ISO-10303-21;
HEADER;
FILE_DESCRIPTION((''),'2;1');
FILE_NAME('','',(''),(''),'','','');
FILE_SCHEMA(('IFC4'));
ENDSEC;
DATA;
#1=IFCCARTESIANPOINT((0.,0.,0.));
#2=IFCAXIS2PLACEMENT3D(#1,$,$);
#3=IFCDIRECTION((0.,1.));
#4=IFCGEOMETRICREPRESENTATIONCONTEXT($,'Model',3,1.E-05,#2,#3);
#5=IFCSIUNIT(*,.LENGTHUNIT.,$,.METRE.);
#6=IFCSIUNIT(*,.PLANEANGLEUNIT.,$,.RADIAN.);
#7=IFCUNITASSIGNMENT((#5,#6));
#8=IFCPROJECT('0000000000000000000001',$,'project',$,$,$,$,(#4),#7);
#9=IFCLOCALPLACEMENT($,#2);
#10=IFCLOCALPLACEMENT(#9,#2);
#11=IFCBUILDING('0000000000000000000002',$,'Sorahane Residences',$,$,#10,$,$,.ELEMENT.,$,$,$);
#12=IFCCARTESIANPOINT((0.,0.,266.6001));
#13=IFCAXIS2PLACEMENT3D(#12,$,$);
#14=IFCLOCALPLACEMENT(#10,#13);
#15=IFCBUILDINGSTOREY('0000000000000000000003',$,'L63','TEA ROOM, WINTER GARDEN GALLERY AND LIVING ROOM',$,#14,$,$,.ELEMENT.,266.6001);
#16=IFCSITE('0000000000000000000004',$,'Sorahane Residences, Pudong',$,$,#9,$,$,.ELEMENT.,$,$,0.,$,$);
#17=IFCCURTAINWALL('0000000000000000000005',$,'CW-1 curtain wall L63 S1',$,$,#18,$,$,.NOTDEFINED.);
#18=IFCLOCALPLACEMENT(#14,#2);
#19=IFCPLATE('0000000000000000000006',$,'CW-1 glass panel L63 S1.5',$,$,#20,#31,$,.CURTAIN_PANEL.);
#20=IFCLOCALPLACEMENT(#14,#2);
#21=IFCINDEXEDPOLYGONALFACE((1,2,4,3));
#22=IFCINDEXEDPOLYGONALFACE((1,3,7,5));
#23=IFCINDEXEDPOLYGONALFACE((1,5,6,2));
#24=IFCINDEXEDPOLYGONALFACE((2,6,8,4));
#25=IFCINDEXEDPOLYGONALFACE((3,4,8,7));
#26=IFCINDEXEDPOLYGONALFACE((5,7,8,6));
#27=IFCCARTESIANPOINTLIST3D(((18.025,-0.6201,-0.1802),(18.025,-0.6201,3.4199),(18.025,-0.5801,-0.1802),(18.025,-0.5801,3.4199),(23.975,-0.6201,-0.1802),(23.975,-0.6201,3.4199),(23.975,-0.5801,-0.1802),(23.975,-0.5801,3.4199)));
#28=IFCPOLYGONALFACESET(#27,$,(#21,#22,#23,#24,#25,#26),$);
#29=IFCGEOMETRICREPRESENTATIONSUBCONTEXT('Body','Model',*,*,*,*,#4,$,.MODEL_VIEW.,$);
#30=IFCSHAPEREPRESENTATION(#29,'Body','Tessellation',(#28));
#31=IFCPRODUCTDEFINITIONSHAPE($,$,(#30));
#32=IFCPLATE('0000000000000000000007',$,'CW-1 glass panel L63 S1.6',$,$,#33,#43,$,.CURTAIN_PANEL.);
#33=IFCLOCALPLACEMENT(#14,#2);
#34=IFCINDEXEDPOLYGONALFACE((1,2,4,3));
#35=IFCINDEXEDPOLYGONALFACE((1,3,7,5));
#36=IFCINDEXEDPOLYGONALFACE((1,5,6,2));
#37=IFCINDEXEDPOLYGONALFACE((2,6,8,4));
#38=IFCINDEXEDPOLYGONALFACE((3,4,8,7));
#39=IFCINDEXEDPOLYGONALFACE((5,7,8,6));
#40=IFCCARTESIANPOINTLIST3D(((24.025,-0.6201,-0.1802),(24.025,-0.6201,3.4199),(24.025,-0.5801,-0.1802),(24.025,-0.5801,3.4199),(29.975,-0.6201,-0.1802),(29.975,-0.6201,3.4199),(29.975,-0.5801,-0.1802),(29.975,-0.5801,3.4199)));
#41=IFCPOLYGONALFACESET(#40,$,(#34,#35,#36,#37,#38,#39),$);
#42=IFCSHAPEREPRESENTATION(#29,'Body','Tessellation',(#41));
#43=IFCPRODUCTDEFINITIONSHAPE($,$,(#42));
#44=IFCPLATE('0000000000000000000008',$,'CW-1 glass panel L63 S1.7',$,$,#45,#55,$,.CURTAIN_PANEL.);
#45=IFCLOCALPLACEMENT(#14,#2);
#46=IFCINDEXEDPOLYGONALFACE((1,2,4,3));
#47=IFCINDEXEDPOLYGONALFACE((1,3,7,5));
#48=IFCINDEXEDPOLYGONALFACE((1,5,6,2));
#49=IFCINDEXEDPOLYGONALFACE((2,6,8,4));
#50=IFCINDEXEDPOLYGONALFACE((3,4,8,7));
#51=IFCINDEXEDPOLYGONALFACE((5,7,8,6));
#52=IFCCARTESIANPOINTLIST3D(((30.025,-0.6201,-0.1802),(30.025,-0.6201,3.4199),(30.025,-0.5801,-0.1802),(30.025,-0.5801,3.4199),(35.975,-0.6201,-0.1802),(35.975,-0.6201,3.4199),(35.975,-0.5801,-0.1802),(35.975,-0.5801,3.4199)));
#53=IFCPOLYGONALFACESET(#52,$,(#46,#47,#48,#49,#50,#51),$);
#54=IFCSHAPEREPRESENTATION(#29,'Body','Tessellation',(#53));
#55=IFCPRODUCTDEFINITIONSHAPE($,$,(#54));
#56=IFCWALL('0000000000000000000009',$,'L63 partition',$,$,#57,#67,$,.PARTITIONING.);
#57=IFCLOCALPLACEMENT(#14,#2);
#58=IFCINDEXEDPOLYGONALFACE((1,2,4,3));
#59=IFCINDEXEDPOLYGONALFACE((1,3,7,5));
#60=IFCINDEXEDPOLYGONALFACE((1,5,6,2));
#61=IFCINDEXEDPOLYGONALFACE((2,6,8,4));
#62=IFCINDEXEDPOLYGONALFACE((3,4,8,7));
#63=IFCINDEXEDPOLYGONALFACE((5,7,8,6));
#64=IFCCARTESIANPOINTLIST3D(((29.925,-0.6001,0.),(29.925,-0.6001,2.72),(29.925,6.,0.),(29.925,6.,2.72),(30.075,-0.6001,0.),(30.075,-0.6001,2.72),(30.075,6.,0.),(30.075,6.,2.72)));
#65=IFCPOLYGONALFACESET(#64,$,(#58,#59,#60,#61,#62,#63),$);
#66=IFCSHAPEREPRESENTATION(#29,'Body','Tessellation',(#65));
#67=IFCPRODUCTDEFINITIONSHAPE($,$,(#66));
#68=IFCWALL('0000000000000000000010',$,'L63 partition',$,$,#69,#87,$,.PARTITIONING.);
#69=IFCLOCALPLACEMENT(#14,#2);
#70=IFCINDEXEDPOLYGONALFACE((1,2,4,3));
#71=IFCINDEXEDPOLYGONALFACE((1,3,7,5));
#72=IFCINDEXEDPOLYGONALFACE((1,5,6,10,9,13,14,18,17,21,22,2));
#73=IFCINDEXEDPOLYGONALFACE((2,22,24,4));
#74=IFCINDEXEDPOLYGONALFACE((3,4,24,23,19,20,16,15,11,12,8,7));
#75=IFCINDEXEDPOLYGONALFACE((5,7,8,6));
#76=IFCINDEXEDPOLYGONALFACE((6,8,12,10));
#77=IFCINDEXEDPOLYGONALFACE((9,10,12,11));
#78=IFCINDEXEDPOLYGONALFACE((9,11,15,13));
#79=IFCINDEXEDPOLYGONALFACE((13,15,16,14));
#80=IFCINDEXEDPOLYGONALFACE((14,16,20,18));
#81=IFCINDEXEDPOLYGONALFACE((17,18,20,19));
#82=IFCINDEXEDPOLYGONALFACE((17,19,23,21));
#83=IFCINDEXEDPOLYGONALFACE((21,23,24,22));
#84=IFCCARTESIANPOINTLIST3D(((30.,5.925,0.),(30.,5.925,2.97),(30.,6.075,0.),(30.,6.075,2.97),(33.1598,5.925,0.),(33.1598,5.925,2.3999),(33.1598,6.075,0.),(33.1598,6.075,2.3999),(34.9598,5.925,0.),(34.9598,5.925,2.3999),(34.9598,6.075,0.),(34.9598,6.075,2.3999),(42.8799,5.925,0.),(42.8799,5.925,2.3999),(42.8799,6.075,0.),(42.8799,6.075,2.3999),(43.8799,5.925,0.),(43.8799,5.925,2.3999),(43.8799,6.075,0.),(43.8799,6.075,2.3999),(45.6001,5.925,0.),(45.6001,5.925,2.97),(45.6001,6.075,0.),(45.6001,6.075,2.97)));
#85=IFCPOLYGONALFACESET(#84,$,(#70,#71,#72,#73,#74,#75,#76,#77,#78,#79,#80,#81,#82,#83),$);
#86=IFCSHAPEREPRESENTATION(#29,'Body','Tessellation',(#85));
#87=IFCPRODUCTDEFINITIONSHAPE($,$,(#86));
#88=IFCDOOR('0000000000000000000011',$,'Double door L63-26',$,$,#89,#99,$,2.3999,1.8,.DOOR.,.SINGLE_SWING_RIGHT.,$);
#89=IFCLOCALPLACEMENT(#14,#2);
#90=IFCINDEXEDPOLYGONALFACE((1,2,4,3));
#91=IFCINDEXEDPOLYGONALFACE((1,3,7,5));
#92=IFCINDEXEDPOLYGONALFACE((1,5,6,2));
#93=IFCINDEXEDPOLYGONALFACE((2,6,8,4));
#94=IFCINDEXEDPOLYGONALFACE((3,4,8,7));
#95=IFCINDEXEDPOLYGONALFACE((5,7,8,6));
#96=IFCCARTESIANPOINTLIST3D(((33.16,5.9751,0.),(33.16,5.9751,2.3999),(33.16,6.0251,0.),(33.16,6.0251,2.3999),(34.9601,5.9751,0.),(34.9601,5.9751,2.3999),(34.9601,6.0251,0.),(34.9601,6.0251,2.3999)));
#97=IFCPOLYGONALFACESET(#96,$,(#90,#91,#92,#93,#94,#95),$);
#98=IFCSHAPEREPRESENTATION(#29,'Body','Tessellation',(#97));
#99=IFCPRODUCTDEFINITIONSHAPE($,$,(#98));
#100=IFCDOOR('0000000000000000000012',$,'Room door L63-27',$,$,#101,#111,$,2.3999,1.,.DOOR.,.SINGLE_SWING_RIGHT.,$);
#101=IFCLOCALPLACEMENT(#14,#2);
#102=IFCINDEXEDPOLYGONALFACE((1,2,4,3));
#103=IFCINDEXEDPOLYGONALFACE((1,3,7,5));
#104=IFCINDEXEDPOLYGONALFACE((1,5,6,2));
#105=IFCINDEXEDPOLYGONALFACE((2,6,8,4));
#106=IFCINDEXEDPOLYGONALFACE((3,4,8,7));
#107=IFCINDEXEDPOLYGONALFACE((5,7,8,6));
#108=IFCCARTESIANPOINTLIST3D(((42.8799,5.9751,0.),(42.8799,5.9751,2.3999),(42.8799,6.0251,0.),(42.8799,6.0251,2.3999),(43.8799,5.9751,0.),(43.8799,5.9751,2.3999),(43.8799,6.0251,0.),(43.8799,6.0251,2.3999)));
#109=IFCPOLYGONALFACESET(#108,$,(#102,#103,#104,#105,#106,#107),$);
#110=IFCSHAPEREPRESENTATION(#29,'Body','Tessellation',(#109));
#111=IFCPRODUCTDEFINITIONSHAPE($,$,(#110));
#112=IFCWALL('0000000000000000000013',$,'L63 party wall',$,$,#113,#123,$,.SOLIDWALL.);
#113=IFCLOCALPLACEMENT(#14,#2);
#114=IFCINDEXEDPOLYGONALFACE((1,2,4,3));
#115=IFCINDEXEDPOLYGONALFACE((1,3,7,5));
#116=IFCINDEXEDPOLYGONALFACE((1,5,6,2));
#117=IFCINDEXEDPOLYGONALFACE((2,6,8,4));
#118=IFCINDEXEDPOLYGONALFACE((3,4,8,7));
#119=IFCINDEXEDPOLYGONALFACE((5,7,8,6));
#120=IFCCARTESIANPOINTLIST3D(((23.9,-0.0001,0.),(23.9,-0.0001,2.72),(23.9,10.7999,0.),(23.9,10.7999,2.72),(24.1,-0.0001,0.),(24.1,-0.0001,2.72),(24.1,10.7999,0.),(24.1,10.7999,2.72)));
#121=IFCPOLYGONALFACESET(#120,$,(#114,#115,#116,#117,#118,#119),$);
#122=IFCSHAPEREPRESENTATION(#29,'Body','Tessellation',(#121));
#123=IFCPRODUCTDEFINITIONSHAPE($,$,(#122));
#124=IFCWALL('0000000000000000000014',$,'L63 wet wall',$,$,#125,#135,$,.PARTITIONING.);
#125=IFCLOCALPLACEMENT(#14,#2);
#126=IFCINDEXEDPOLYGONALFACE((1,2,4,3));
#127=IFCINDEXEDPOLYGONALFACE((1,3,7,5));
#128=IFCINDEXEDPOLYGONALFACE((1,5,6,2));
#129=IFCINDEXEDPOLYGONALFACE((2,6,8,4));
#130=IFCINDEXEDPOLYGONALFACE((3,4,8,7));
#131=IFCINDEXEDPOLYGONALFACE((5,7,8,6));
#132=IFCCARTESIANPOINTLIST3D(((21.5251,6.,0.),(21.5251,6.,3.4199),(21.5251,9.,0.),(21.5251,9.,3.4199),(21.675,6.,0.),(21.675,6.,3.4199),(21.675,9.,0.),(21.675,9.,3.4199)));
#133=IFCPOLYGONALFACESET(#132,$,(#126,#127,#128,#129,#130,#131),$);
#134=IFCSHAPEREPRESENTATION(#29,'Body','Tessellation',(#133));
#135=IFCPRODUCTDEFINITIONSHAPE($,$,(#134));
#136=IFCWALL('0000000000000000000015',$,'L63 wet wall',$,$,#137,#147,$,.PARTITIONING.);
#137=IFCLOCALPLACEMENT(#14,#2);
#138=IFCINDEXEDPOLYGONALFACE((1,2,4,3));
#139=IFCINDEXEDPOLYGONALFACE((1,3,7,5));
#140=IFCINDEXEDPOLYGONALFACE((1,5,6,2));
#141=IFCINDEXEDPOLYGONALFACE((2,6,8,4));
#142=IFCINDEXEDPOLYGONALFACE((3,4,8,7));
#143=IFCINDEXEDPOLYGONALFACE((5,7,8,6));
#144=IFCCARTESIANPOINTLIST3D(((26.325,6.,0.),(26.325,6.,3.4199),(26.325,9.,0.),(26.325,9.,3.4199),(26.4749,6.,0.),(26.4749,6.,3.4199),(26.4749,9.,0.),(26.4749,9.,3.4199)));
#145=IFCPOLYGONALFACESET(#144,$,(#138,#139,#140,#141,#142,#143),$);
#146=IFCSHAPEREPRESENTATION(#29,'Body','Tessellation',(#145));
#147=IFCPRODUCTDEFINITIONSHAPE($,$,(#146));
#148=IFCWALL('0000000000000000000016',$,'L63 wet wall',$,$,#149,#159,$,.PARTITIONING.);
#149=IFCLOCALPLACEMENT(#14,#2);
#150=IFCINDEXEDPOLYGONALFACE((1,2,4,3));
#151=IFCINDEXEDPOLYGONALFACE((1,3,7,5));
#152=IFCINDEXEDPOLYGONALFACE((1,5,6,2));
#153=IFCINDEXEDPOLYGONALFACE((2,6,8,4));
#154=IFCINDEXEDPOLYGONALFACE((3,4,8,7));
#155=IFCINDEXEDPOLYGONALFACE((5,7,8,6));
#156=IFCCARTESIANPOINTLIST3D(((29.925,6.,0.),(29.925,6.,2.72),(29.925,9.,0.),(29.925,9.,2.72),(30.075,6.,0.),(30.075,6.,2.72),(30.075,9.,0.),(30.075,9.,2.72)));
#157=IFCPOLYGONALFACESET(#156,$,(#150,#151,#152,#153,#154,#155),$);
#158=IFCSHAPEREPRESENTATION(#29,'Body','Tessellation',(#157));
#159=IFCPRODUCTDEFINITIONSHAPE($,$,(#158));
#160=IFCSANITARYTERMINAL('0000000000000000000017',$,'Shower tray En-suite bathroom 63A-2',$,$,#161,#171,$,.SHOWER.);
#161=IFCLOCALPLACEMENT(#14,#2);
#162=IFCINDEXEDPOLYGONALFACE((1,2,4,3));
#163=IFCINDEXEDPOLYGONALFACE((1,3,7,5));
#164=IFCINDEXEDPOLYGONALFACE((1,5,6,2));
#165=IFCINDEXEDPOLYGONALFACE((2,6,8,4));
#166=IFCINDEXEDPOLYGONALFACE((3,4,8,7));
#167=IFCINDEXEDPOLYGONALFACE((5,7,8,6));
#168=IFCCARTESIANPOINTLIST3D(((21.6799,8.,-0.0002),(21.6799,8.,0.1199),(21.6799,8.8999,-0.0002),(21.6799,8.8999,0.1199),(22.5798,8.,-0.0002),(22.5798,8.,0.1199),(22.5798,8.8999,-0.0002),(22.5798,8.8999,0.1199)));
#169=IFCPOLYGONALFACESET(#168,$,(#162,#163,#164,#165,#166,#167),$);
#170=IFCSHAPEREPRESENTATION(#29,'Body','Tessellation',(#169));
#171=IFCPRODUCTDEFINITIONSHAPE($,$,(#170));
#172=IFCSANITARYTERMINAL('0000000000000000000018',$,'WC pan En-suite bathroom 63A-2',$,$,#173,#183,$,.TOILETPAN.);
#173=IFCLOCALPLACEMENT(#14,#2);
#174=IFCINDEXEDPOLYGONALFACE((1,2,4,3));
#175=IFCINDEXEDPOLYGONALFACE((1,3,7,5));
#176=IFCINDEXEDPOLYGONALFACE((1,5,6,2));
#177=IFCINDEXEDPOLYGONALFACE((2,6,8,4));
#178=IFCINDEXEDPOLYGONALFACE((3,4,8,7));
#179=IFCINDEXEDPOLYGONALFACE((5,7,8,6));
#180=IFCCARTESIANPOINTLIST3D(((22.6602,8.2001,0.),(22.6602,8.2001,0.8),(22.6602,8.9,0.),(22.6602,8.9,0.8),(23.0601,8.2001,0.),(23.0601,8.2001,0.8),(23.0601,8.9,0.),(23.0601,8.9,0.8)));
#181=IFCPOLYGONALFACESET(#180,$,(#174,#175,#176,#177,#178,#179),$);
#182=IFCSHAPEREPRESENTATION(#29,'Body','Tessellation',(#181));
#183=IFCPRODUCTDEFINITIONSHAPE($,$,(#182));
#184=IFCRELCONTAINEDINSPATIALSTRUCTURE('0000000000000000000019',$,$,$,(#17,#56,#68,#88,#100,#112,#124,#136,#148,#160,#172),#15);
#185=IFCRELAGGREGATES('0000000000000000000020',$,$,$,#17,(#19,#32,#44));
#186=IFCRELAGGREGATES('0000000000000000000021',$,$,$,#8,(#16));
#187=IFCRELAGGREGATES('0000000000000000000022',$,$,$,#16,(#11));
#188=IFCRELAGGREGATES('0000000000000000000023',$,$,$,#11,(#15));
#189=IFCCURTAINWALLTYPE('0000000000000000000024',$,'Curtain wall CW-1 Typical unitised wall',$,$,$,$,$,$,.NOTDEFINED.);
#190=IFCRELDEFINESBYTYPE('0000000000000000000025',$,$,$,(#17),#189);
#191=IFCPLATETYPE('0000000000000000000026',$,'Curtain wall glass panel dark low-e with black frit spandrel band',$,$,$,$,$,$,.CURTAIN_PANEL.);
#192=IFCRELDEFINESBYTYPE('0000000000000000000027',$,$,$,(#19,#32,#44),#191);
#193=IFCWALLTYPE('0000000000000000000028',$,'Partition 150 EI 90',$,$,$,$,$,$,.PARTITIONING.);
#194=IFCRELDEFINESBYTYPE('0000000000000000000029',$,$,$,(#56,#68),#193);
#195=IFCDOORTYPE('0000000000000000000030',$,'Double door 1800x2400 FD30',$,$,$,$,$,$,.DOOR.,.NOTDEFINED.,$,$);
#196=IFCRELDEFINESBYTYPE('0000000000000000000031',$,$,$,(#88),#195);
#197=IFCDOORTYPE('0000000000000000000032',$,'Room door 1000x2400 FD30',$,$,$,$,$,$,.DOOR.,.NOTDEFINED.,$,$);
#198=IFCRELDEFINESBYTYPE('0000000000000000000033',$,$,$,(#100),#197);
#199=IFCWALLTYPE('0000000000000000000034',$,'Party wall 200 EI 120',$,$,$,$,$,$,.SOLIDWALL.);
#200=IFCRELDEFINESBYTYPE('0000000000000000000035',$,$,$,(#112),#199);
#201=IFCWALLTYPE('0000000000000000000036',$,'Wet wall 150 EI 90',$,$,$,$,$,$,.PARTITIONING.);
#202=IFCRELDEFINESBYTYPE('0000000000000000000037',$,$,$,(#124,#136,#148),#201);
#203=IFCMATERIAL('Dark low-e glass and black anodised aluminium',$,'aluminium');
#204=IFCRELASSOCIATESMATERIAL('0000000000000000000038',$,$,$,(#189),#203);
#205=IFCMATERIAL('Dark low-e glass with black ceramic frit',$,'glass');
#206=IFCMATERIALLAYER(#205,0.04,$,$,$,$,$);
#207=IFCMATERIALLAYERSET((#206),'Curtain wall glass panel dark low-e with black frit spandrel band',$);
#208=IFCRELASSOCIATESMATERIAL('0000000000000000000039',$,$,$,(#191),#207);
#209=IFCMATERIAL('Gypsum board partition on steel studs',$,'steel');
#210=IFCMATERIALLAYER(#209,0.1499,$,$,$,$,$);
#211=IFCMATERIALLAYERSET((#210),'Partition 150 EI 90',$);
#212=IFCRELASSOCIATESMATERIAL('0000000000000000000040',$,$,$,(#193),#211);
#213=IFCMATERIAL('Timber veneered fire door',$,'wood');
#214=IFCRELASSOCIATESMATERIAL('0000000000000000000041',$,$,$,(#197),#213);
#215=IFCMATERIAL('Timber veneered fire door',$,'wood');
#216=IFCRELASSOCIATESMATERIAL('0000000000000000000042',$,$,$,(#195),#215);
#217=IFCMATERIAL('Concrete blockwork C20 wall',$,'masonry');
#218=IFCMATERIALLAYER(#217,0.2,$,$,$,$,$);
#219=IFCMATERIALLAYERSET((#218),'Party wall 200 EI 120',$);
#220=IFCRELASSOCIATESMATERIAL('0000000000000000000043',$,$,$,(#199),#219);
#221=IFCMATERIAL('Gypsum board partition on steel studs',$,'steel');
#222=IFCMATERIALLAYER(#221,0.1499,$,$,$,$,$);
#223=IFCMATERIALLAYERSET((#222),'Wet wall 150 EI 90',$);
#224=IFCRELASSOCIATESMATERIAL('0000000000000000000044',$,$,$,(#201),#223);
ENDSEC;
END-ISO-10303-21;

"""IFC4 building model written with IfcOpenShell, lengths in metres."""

from ifc_helpers import new_model, si_unit, direction, frame, frame_2d, origin, origin_2d, place, context, subcontext, project, spatial, rectangle, extrude, material, layer, layer_set, type_object, element, fill, aggregate, save


model = new_model("IFC4")

# Units and contexts
model_context = context("Model", 3, precision=1e-05, world=origin(), true_north=direction((0.0, 1.0)))
body_context = subcontext(model_context, "Body", "Model", "MODEL_VIEW")
ifc_project = project(units=[si_unit("LENGTHUNIT", "METRE"), si_unit("PLANEANGLEUNIT", "RADIAN")], contexts=[model_context])

# Site, building, storey
site_placement = place(None, origin())
site = spatial("IfcSite", under=ifc_project, at=site_placement, Name="Sorahane Residences, Pudong", CompositionType="ELEMENT", RefElevation=0.0)
building_placement = place(site_placement, origin())
building = spatial("IfcBuilding", under=site, at=building_placement, Name="Sorahane Residences", CompositionType="ELEMENT")
storey_placement = place(building_placement, frame((0.0, 0.0, 266.6001)))
storey = spatial("IfcBuildingStorey", under=building, at=storey_placement, Name="L63", Description="TEA ROOM, WINTER GARDEN GALLERY AND LIVING ROOM", CompositionType="ELEMENT", Elevation=266.6001)

# Curtain wall
ifc_material_1 = material(Name="Dark low-e glass and black anodised aluminium", Category="aluminium")
curtain_wall_type = type_object("IfcCurtainWallType", Name="Curtain wall CW-1 Typical unitised wall", PredefinedType="NOTDEFINED", material=ifc_material_1)
curtain_wall_placement = place(storey_placement, origin())
curtain_wall = element("IfcCurtainWall", 1, at=curtain_wall_placement, inside=storey, type_object=curtain_wall_type, Name="CW-1 curtain wall L63 S1", PredefinedType="NOTDEFINED")

# Plates
ifc_material_2 = material(Name="Dark low-e glass with black ceramic frit", Category="glass")
ifc_layer_1 = layer(ifc_material_2, 0.04)
ifc_layer_set_1 = layer_set([ifc_layer_1], Name="Curtain wall glass panel dark low-e with black frit spandrel band")
plate_type = type_object("IfcPlateType", Name="Curtain wall glass panel dark low-e with black frit spandrel band", PredefinedType="CURTAIN_PANEL", material=ifc_layer_set_1)
plate_1_placement = place(storey_placement, frame((21.0, -0.6001, -0.1802), z_axis=(0.0, 0.0, 1.0), x_axis=(1.0, 0.0, 0.0)))
plate_1 = element("IfcPlate", 2, at=plate_1_placement, type_object=plate_type, Name="CW-1 glass panel L63 S1.5", PredefinedType="CURTAIN_PANEL", context=body_context, shape_type="SweptSolid", body=[
    extrude(rectangle(XDim=5.95, YDim=0.04, at=origin_2d()), origin(), (0.0, 0.0, 1.0), 3.6001),
])
plate_2_placement = place(storey_placement, frame((27.0, -0.6001, -0.1802), z_axis=(0.0, 0.0, 1.0), x_axis=(1.0, 0.0, 0.0)))
plate_2 = element("IfcPlate", 3, at=plate_2_placement, type_object=plate_type, Name="CW-1 glass panel L63 S1.6", PredefinedType="CURTAIN_PANEL", context=body_context, shape_type="SweptSolid", body=[
    extrude(rectangle(XDim=5.95, YDim=0.04, at=origin_2d()), origin(), (0.0, 0.0, 1.0), 3.6001),
])
plate_3_placement = place(storey_placement, frame((33.0, -0.6001, -0.1802), z_axis=(0.0, 0.0, 1.0), x_axis=(1.0, 0.0, 0.0)))
plate_3 = element("IfcPlate", 4, at=plate_3_placement, type_object=plate_type, Name="CW-1 glass panel L63 S1.7", PredefinedType="CURTAIN_PANEL", context=body_context, shape_type="SweptSolid", body=[
    extrude(rectangle(XDim=5.95, YDim=0.04, at=origin_2d()), origin(), (0.0, 0.0, 1.0), 3.6001),
])
aggregate(curtain_wall, [plate_1, plate_2, plate_3])

# Wall
ifc_material_3 = material(Name="Gypsum board partition on steel studs", Category="steel")
ifc_layer_2 = layer(ifc_material_3, 0.1499)
ifc_layer_set_2 = layer_set([ifc_layer_2], Name="Partition 150 EI 90")
wall_type_1 = type_object("IfcWallType", Name="Partition 150 EI 90", PredefinedType="PARTITIONING", material=ifc_layer_set_2)
wall_1_placement = place(storey_placement, frame((30.0, -0.6001, 0.0), z_axis=(0.0, 0.0, 1.0), x_axis=(0.0, 1.0, 0.0)))
element("IfcWall", 5, at=wall_1_placement, inside=storey, type_object=wall_type_1, Name="L63 partition", PredefinedType="PARTITIONING", context=body_context, shape_type="SweptSolid", body=[
    extrude(rectangle(XDim=6.6001, YDim=0.1499, at=frame_2d((3.3, 0.0))), origin(), (0.0, 0.0, 1.0), 2.72),
])

# Shared definitions
ifc_material_4 = material(Name="Timber veneered fire door", Category="wood")
door_type_1 = type_object("IfcDoorType", Name="Room door 1000x2400 FD30", OperationType="NOTDEFINED", PredefinedType="DOOR", material=ifc_material_4)

# Wall, openings, doors
wall_2_placement = place(storey_placement, frame((30.0, 6.0, 0.0), z_axis=(0.0, 0.0, 1.0), x_axis=(1.0, 0.0, 0.0)))
wall_2 = element("IfcWall", 6, at=wall_2_placement, inside=storey, type_object=wall_type_1, Name="L63 partition", PredefinedType="PARTITIONING", context=body_context, shape_type="SweptSolid", body=[
    extrude(rectangle(XDim=15.6001, YDim=0.1499, at=frame_2d((7.8, 0.0))), origin(), (0.0, 0.0, 1.0), 2.97),
])
opening_1_placement = place(wall_2_placement, frame((3.1599, 0.0, 0.0)))
opening_1 = element("IfcOpeningElement", 7, at=opening_1_placement, cuts=wall_2, PredefinedType="OPENING", context=body_context, shape_type="SweptSolid", body=[
    extrude(rectangle(XDim=1.8, YDim=2.3999, at=frame_2d((0.8999, 1.2))), frame((0.0, 0.085, 0.0), z_axis=(0.0, -1.0, 0.0), x_axis=(1.0, 0.0, 0.0)), (0.0, 0.0, 1.0), 0.1699),
])
opening_2_placement = place(wall_2_placement, frame((12.8799, 0.0, 0.0)))
opening_2 = element("IfcOpeningElement", 8, at=opening_2_placement, cuts=wall_2, PredefinedType="OPENING", context=body_context, shape_type="SweptSolid", body=[
    extrude(rectangle(XDim=1.0, YDim=2.3999, at=frame_2d((0.5, 1.2))), frame((0.0, 0.085, 0.0), z_axis=(0.0, -1.0, 0.0), x_axis=(1.0, 0.0, 0.0)), (0.0, 0.0, 1.0), 0.1699),
])
ifc_material_5 = material(Name="Timber veneered fire door", Category="wood")
door_type_2 = type_object("IfcDoorType", Name="Double door 1800x2400 FD30", OperationType="NOTDEFINED", PredefinedType="DOOR", material=ifc_material_5)
door_1_placement = place(opening_1_placement, frame((1.8, 0.0, 0.0), z_axis=(0.0, 0.0, 1.0), x_axis=(-1.0, 0.0, 0.0)))
door_1 = element("IfcDoor", 9, at=door_1_placement, inside=storey, type_object=door_type_2, Name="Double door L63-26", OperationType="SINGLE_SWING_RIGHT", OverallHeight=2.3999, OverallWidth=1.8, PredefinedType="DOOR", context=body_context, shape_type="SweptSolid", body=[
    extrude(rectangle(XDim=1.8, YDim=2.3999, at=frame_2d((0.8999, 1.2))), frame((0.0, 0.0249, 0.0), z_axis=(0.0, -1.0, 0.0), x_axis=(1.0, 0.0, 0.0)), (0.0, 0.0, 1.0), 0.05),
])
fill(opening_1, door_1)
door_2_placement = place(opening_2_placement, frame((1.0, 0.0, 0.0), z_axis=(0.0, 0.0, 1.0), x_axis=(-1.0, 0.0, 0.0)))
door_2 = element("IfcDoor", 10, at=door_2_placement, inside=storey, type_object=door_type_1, Name="Room door L63-27", OperationType="SINGLE_SWING_RIGHT", OverallHeight=2.3999, OverallWidth=1.0, PredefinedType="DOOR", context=body_context, shape_type="SweptSolid", body=[
    extrude(rectangle(XDim=1.0, YDim=2.3999, at=frame_2d((0.5, 1.2))), frame((0.0, 0.0249, 0.0), z_axis=(0.0, -1.0, 0.0), x_axis=(1.0, 0.0, 0.0)), (0.0, 0.0, 1.0), 0.05),
])
fill(opening_2, door_2)

# Walls
ifc_material_6 = material(Name="Concrete blockwork C20 wall", Category="masonry")
ifc_layer_3 = layer(ifc_material_6, 0.2)
ifc_layer_set_3 = layer_set([ifc_layer_3], Name="Party wall 200 EI 120")
wall_type_2 = type_object("IfcWallType", Name="Party wall 200 EI 120", PredefinedType="SOLIDWALL", material=ifc_layer_set_3)
wall_3_placement = place(storey_placement, frame((24.0, 0.0, 0.0), z_axis=(0.0, 0.0, 1.0), x_axis=(0.0, 1.0, 0.0)))
element("IfcWall", 11, at=wall_3_placement, inside=storey, type_object=wall_type_2, Name="L63 party wall", PredefinedType="SOLIDWALL", context=body_context, shape_type="SweptSolid", body=[
    extrude(rectangle(XDim=10.8, YDim=0.2, at=frame_2d((5.3999, 0.0))), origin(), (0.0, 0.0, 1.0), 2.72),
])
ifc_material_7 = material(Name="Gypsum board partition on steel studs", Category="steel")
ifc_layer_4 = layer(ifc_material_7, 0.1499)
ifc_layer_set_4 = layer_set([ifc_layer_4], Name="Wet wall 150 EI 90")
wall_type_3 = type_object("IfcWallType", Name="Wet wall 150 EI 90", PredefinedType="PARTITIONING", material=ifc_layer_set_4)
for number, where, z_axis, x_axis, name in (
    (12, (21.6001, 6.0, 0.0), (0.0, 0.0, 1.0), (0.0, 1.0, 0.0), "L63 wet wall"),
    (13, (26.3999, 6.0, 0.0), (0.0, 0.0, 1.0), (0.0, 1.0, 0.0), "L63 wet wall"),
):
    element("IfcWall", number, at=place(storey_placement, frame(where, z_axis=z_axis, x_axis=x_axis)), inside=storey, type_object=wall_type_3, Name=name, PredefinedType="PARTITIONING", context=body_context, shape_type="SweptSolid", body=[
        extrude(rectangle(XDim=3.0, YDim=0.1499, at=frame_2d((1.5, 0.0))), origin(), (0.0, 0.0, 1.0), 3.4199),
    ])
wall_4_placement = place(storey_placement, frame((30.0, 6.0, 0.0), z_axis=(0.0, 0.0, 1.0), x_axis=(0.0, 1.0, 0.0)))
element("IfcWall", 14, at=wall_4_placement, inside=storey, type_object=wall_type_3, Name="L63 wet wall", PredefinedType="PARTITIONING", context=body_context, shape_type="SweptSolid", body=[
    extrude(rectangle(XDim=3.0, YDim=0.1499, at=frame_2d((1.5, 0.0))), origin(), (0.0, 0.0, 1.0), 2.72),
])

# Sanitary terminals
sanitary_terminal_1_placement = place(storey_placement, frame((22.1299, 8.45, -0.0002), z_axis=(0.0, 0.0, 1.0), x_axis=(1.0, 0.0, 0.0)))
element("IfcSanitaryTerminal", 15, at=sanitary_terminal_1_placement, inside=storey, Name="Shower tray En-suite bathroom 63A-2", PredefinedType="SHOWER", context=body_context, shape_type="SweptSolid", body=[
    extrude(rectangle(XDim=0.8999, YDim=0.8999, at=origin_2d()), origin(), (0.0, 0.0, 1.0), 0.1201),
])
sanitary_terminal_2_placement = place(storey_placement, frame((22.8601, 8.55, 0.0), z_axis=(0.0, 0.0, 1.0), x_axis=(1.0, 0.0, 0.0)))
element("IfcSanitaryTerminal", 16, at=sanitary_terminal_2_placement, inside=storey, Name="WC pan En-suite bathroom 63A-2", PredefinedType="TOILETPAN", context=body_context, shape_type="SweptSolid", body=[
    extrude(rectangle(XDim=0.3999, YDim=0.7, at=origin_2d()), origin(), (0.0, 0.0, 1.0), 0.8),
])

save(model, "model.ifc")
